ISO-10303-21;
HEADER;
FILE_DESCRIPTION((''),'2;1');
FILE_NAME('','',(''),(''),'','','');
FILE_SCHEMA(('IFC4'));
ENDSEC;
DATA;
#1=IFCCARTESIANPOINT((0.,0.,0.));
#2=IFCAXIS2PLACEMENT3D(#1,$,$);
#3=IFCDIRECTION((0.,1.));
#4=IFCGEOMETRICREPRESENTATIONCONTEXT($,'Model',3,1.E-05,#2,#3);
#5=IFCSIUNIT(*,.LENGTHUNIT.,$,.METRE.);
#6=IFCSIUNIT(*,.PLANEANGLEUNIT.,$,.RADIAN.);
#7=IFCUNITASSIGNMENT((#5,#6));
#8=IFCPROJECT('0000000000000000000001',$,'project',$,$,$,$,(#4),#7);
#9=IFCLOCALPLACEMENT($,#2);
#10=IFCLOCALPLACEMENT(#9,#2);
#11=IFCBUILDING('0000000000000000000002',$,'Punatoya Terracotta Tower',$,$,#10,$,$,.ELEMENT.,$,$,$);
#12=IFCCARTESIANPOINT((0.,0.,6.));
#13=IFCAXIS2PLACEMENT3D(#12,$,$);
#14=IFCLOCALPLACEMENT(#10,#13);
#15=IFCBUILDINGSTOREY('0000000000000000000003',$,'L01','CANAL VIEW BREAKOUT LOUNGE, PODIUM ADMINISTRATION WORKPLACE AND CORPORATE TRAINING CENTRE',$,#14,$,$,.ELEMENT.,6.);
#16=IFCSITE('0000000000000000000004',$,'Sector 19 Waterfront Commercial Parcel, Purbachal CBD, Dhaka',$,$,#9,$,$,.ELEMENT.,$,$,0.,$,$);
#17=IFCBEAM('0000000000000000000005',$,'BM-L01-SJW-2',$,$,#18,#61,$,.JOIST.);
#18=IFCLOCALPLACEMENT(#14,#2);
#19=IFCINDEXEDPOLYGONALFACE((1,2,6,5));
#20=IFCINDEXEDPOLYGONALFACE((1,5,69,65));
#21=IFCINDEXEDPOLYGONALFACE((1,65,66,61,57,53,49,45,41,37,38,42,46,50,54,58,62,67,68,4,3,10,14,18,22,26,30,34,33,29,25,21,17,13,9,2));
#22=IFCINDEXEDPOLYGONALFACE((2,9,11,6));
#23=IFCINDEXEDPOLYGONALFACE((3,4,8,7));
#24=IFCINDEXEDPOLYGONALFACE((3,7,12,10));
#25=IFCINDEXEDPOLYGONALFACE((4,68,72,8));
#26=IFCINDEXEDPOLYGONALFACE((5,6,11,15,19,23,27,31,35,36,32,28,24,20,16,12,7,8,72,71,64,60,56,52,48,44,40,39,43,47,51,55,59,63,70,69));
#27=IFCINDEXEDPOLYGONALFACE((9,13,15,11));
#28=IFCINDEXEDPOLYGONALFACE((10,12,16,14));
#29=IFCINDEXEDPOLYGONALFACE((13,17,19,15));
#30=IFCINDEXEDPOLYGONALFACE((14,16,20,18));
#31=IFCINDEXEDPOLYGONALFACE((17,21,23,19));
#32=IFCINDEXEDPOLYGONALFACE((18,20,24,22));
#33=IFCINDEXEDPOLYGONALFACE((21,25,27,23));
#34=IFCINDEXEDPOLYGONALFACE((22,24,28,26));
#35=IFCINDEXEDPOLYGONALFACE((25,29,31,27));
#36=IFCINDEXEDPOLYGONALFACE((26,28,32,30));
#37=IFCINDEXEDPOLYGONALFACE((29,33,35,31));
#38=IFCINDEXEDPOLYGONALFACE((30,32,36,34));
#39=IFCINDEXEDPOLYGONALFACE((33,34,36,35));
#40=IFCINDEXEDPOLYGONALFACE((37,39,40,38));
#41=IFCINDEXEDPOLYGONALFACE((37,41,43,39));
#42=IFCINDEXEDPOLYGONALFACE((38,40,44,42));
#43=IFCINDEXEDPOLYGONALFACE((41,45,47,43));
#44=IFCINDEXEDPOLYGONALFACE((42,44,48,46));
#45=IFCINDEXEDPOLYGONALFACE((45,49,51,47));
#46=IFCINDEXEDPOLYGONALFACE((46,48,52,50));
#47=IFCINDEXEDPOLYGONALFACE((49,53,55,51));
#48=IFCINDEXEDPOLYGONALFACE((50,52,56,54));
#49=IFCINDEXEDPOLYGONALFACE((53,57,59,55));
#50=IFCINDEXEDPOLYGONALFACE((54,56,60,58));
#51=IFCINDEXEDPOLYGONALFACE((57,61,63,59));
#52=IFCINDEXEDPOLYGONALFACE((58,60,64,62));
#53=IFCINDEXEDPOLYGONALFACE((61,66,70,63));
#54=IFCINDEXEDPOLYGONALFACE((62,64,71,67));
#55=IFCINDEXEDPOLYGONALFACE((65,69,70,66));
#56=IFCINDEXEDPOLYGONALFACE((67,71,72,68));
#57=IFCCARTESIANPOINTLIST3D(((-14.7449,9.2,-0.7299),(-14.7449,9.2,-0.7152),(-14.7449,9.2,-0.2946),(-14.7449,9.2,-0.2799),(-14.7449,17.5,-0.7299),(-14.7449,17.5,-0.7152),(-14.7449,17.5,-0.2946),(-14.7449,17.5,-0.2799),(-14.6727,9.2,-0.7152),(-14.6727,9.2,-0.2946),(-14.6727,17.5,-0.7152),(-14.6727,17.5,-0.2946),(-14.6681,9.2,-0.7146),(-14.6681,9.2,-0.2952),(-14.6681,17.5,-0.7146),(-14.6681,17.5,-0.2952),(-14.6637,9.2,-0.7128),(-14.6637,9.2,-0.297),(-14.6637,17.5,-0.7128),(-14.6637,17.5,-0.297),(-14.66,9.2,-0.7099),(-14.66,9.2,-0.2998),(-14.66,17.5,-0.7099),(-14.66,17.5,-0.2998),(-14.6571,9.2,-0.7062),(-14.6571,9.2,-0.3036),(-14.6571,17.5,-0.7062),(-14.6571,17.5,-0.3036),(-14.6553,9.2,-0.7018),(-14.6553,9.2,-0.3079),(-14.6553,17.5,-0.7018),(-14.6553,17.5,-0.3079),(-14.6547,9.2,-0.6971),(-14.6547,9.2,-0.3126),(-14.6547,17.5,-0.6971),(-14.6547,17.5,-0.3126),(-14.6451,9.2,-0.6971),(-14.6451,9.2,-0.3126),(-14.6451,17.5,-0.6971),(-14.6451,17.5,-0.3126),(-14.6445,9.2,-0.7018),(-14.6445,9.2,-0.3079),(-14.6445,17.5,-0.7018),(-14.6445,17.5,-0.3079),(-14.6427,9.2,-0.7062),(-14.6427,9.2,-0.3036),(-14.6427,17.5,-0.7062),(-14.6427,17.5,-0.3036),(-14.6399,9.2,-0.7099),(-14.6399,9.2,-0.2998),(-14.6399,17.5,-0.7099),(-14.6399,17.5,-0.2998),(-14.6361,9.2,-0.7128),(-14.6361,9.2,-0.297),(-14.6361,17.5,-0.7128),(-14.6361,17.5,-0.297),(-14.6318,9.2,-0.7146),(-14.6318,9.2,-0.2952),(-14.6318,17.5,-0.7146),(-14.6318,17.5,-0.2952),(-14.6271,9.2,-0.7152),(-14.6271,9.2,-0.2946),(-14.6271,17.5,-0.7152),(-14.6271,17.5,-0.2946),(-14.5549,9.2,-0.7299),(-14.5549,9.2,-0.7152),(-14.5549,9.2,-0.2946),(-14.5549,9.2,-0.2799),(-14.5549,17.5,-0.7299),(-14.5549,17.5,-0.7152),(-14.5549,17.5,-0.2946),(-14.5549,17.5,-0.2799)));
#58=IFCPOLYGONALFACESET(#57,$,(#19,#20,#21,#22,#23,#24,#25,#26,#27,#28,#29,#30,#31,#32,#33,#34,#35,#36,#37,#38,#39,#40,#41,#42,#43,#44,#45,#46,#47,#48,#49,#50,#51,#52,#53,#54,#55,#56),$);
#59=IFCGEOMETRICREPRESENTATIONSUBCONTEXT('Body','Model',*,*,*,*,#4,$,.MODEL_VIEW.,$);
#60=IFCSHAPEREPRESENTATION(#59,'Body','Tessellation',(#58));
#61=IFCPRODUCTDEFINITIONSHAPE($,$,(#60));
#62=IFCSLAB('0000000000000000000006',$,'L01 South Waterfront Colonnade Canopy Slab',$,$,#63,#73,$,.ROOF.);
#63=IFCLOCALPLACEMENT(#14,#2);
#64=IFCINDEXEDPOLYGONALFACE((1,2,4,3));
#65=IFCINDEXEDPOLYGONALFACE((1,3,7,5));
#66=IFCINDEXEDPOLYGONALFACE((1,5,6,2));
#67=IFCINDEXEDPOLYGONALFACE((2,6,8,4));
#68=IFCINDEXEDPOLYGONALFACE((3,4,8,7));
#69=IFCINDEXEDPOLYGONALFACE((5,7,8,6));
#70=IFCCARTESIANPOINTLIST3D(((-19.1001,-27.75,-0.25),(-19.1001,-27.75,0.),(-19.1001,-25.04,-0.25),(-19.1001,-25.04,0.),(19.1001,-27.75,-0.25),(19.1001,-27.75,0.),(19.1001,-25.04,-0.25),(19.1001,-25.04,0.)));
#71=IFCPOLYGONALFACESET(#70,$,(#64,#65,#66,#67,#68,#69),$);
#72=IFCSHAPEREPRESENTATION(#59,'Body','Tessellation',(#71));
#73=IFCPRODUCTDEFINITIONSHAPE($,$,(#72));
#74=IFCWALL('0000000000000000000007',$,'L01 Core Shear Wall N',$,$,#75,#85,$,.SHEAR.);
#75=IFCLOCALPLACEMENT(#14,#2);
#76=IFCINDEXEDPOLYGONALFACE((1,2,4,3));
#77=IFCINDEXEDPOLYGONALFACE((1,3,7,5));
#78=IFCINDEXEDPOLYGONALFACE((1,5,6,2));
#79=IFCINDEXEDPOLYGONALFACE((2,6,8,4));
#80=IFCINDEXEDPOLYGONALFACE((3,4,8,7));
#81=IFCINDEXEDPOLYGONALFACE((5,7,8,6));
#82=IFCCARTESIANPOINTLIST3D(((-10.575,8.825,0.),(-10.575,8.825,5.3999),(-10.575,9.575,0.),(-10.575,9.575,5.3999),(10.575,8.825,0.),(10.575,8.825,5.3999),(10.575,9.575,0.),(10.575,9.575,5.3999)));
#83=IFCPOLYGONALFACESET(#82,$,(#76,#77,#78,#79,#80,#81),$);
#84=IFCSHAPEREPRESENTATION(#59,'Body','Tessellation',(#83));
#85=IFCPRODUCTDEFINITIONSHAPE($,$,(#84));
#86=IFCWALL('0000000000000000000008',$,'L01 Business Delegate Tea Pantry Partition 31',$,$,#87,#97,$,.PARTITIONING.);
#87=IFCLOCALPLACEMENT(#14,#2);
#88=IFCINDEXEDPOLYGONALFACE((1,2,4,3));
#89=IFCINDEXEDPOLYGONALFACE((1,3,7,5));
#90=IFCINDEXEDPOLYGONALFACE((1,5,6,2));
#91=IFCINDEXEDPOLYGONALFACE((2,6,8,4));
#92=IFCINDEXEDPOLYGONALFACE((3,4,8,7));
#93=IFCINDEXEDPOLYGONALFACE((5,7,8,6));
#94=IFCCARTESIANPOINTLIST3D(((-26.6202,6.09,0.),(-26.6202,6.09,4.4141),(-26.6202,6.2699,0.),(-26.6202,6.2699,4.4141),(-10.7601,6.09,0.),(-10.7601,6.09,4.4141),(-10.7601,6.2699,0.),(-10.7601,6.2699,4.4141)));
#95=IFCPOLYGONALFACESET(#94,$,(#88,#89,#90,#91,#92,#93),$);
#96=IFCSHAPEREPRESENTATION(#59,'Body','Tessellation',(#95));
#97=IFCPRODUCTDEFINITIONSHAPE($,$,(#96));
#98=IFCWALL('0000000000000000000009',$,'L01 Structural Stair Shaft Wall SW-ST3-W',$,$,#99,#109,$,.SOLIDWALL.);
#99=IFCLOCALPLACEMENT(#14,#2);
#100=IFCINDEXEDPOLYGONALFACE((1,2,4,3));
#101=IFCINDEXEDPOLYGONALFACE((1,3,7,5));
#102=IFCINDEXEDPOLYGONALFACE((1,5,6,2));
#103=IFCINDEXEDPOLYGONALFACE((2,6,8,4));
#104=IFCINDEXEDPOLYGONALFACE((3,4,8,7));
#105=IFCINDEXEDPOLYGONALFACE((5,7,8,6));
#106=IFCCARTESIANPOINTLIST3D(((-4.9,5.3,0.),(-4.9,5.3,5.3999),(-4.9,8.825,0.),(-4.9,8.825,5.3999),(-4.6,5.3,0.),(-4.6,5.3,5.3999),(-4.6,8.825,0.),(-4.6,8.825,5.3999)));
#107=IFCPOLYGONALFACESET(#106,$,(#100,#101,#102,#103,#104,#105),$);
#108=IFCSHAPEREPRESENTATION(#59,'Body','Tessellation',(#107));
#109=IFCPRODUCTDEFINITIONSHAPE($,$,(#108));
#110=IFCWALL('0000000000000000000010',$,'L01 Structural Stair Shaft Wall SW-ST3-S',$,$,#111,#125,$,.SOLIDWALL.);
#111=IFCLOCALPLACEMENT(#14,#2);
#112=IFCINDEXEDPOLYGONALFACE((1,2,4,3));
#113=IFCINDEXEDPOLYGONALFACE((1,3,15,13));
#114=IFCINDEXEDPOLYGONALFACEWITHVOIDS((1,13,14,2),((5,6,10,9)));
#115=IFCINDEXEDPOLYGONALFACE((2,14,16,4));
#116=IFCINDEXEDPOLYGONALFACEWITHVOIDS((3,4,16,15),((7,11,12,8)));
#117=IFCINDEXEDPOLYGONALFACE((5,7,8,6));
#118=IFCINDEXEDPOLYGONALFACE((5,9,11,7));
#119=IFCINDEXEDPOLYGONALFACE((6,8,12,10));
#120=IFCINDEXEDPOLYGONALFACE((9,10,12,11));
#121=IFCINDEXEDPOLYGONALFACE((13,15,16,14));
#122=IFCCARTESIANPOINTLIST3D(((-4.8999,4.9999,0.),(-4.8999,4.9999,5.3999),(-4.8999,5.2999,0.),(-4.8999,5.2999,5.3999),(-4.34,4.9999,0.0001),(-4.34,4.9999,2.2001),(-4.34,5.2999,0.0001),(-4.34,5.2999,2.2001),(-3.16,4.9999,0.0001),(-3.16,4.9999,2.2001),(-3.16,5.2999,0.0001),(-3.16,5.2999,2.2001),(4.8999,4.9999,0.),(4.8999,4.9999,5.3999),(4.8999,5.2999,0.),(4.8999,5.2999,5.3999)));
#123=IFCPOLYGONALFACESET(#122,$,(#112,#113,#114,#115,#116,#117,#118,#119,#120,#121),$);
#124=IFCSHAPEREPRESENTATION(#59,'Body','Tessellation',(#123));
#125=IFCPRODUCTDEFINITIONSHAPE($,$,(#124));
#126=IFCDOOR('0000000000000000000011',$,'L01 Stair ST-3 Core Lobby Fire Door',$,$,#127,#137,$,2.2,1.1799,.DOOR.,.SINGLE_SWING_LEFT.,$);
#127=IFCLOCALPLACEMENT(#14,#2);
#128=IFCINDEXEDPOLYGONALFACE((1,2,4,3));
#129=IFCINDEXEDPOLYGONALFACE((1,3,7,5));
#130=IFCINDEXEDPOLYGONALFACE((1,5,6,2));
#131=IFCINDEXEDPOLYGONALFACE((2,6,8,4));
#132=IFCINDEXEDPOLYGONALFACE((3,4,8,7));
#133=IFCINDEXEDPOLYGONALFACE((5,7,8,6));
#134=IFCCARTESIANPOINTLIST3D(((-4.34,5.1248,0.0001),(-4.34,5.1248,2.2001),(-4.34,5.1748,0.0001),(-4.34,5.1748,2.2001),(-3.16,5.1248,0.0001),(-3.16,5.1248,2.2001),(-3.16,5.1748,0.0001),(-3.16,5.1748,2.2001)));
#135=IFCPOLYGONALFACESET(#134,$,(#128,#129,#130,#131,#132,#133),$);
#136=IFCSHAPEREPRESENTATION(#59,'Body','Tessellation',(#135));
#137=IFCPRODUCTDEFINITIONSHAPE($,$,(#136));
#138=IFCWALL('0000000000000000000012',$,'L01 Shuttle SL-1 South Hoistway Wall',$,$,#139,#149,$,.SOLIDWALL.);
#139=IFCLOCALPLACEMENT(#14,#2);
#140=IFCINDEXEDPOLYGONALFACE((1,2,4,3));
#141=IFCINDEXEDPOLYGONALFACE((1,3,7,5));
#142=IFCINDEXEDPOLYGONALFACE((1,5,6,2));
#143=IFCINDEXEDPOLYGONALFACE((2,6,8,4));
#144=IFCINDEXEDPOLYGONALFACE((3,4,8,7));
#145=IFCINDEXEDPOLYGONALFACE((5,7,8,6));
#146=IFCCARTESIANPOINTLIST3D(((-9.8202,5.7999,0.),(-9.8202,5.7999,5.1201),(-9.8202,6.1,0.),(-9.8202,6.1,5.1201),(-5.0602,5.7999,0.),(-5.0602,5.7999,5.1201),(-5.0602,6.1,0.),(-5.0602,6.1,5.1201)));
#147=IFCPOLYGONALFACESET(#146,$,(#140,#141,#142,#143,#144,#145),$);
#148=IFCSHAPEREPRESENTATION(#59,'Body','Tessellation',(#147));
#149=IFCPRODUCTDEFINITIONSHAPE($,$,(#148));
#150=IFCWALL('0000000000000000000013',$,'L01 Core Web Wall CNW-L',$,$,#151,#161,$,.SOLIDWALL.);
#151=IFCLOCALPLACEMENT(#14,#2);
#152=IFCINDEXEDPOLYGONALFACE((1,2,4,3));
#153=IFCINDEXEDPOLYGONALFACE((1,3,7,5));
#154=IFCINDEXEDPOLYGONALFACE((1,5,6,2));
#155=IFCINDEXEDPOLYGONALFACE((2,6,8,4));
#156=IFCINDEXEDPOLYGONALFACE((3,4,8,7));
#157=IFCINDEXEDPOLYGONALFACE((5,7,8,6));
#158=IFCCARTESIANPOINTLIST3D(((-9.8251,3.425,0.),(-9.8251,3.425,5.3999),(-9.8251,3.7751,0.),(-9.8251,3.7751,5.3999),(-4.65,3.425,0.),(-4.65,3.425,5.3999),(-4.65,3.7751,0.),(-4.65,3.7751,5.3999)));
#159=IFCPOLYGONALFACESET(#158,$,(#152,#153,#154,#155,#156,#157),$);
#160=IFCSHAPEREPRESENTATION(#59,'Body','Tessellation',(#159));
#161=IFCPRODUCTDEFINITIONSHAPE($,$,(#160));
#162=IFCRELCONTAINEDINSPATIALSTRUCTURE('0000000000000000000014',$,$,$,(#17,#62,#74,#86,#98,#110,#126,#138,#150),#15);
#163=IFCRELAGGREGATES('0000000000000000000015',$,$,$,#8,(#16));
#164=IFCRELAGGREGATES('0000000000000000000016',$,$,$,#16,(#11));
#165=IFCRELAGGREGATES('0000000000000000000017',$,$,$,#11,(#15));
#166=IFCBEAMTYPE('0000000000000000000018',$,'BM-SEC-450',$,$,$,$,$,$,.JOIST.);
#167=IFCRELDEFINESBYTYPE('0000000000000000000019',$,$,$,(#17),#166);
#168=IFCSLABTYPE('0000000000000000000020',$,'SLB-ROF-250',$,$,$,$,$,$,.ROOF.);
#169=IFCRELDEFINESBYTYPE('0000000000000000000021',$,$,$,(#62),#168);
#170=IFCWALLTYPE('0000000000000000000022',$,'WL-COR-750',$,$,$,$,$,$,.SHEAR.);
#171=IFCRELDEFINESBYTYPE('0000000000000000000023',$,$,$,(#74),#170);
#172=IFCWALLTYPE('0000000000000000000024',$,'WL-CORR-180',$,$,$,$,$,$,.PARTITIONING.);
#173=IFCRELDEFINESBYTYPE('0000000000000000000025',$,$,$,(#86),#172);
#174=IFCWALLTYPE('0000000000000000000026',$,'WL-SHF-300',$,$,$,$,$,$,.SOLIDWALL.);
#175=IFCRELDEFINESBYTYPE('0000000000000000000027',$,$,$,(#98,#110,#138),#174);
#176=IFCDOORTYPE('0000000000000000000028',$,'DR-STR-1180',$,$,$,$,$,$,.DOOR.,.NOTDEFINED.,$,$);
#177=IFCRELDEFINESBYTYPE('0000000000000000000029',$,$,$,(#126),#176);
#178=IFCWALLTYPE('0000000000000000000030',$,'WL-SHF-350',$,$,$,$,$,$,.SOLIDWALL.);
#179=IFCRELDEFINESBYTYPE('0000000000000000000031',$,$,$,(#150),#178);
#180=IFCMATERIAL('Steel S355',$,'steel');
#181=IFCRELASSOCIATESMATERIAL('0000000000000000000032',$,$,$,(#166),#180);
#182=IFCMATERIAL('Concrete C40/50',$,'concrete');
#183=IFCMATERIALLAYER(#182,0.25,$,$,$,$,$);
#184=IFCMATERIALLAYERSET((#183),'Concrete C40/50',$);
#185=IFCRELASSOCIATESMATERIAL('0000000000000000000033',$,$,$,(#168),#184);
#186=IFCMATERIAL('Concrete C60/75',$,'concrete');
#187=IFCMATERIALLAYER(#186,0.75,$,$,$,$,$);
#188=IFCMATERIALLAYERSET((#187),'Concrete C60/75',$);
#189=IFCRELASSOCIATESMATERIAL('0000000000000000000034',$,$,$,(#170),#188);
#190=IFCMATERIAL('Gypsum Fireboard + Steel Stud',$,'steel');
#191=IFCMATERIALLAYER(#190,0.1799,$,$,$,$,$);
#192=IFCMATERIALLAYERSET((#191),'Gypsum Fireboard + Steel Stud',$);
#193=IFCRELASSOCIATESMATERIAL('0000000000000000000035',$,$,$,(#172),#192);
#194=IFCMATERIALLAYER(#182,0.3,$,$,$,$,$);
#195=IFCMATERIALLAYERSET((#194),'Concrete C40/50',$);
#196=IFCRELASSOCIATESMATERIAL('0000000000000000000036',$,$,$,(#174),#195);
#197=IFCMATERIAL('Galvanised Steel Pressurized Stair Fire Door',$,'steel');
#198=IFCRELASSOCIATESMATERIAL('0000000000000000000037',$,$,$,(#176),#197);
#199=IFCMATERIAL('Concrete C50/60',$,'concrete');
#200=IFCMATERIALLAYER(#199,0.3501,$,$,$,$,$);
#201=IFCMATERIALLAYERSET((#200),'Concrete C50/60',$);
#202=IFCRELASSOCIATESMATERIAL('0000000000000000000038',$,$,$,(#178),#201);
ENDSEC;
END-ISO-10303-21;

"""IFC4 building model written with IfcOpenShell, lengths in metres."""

from ifc_helpers import new_model, si_unit, direction, frame, frame_2d, origin, origin_2d, place, context, subcontext, project, spatial, polyline, rectangle, i_section, outline, extrude, material, layer, layer_set, material_profile, profile_set, type_object, element, fill, save


model = new_model("IFC4")

# Units and contexts
model_context = context("Model", 3, precision=1e-05, world=origin(), true_north=direction((0.0, 1.0)))
body_context = subcontext(model_context, "Body", "Model", "MODEL_VIEW")
ifc_project = project(units=[si_unit("LENGTHUNIT", "METRE"), si_unit("PLANEANGLEUNIT", "RADIAN")], contexts=[model_context])

# Site, building, storey
site_placement = place(None, origin())
site = spatial("IfcSite", under=ifc_project, at=site_placement, Name="Sector 19 Waterfront Commercial Parcel, Purbachal CBD, Dhaka", CompositionType="ELEMENT", RefElevation=0.0)
building_placement = place(site_placement, origin())
building = spatial("IfcBuilding", under=site, at=building_placement, Name="Punatoya Terracotta Tower", CompositionType="ELEMENT")
storey_placement = place(building_placement, frame((0.0, 0.0, 6.0)))
storey = spatial("IfcBuildingStorey", under=building, at=storey_placement, Name="L01", Description="CANAL VIEW BREAKOUT LOUNGE, PODIUM ADMINISTRATION WORKPLACE AND CORPORATE TRAINING CENTRE", CompositionType="ELEMENT", Elevation=6.0)

# Beam
ifc_material_1 = material(Name="Steel S355", Category="steel")
ifc_material_2 = material(Name="Concrete C60/75", Category="concrete")
ifc_material_profile_1 = material_profile(ifc_material_1, i_section(OverallWidth=0.1899, OverallDepth=0.45, WebThickness=0.0095, FlangeThickness=0.0146, FilletRadius=0.0181, at=origin_2d()))
ifc_profile_set_1 = profile_set([ifc_material_profile_1], Name="Steel S355")
beam_type_1 = type_object("IfcBeamType", Name="BM-SEC-450", PredefinedType="JOIST", material=ifc_profile_set_1)
beam_1_placement = place(storey_placement, frame((-14.6499, 9.2, -0.5049), z_axis=(0.0, 1.0, 0.0), x_axis=(-1.0, 0.0, 0.0)))
element("IfcBeam", 1, at=beam_1_placement, inside=storey, type_object=beam_type_1, Name="BM-L01-SJW-2", PredefinedType="JOIST", context=body_context, shape_type="SweptSolid", body=[
    extrude(i_section(OverallWidth=0.1899, OverallDepth=0.45, WebThickness=0.0095, FlangeThickness=0.0146, FilletRadius=0.0181, at=origin_2d()), origin(), (0.0, 0.0, 1.0), 8.3),
])

# Slab
ifc_material_3 = material(Name="Concrete C40/50", Category="concrete")
ifc_layer_1 = layer(ifc_material_3, 0.25)
ifc_layer_set_1 = layer_set([ifc_layer_1], Name="Concrete C40/50")
slab_type = type_object("IfcSlabType", Name="SLB-ROF-250", PredefinedType="ROOF", material=ifc_layer_set_1)
slab_placement = place(storey_placement, frame((0.0, 0.0, -0.25)))
element("IfcSlab", 2, at=slab_placement, inside=storey, type_object=slab_type, Name="L01 South Waterfront Colonnade Canopy Slab", PredefinedType="ROOF", context=body_context, shape_type="SweptSolid", body=[
    extrude(outline(polyline([(-19.1001, -27.75), (19.1001, -27.75), (19.1001, -25.04), (-19.1001, -25.04), (-19.1001, -27.75)])), origin(), (0.0, 0.0, 1.0), 0.25),
])

# Walls
ifc_layer_2 = layer(ifc_material_2, 0.75)
ifc_layer_set_2 = layer_set([ifc_layer_2], Name="Concrete C60/75")
wall_type_1 = type_object("IfcWallType", Name="WL-COR-750", PredefinedType="SHEAR", material=ifc_layer_set_2)
wall_1_placement = place(storey_placement, frame((-10.575, 9.2, 0.0), z_axis=(0.0, 0.0, 1.0), x_axis=(1.0, 0.0, 0.0)))
element("IfcWall", 3, at=wall_1_placement, inside=storey, type_object=wall_type_1, Name="L01 Core Shear Wall N", PredefinedType="SHEAR", context=body_context, shape_type="SweptSolid", body=[
    extrude(rectangle(XDim=21.1499, YDim=0.75, at=frame_2d((10.575, 0.0))), origin(), (0.0, 0.0, 1.0), 5.3999),
])
ifc_material_4 = material(Name="Gypsum Fireboard + Steel Stud", Category="steel")
ifc_layer_3 = layer(ifc_material_4, 0.1799)
ifc_layer_set_3 = layer_set([ifc_layer_3], Name="Gypsum Fireboard + Steel Stud")
wall_type_2 = type_object("IfcWallType", Name="WL-CORR-180", PredefinedType="PARTITIONING", material=ifc_layer_set_3)
wall_2_placement = place(storey_placement, frame((-10.76, 6.1799, 0.0), z_axis=(0.0, 0.0, 1.0), x_axis=(-1.0, 0.0, 0.0)))
element("IfcWall", 4, at=wall_2_placement, inside=storey, type_object=wall_type_2, Name="L01 Business Delegate Tea Pantry Partition 31", PredefinedType="PARTITIONING", context=body_context, shape_type="SweptSolid", body=[
    extrude(rectangle(XDim=15.8601, YDim=0.1799, at=frame_2d((7.9302, 0.0))), origin(), (0.0, 0.0, 1.0), 4.4141),
])
ifc_layer_4 = layer(ifc_material_3, 0.3)
ifc_layer_set_4 = layer_set([ifc_layer_4], Name="Concrete C40/50")
wall_type_3 = type_object("IfcWallType", Name="WL-SHF-300", PredefinedType="SOLIDWALL", material=ifc_layer_set_4)
wall_3_placement = place(storey_placement, frame((-4.75, 5.3, 0.0), z_axis=(0.0, 0.0, 1.0), x_axis=(0.0, 1.0, 0.0)))
element("IfcWall", 5, at=wall_3_placement, inside=storey, type_object=wall_type_3, Name="L01 Structural Stair Shaft Wall SW-ST3-W", PredefinedType="SOLIDWALL", context=body_context, shape_type="SweptSolid", body=[
    extrude(rectangle(XDim=3.5249, YDim=0.3, at=frame_2d((1.7625, 0.0))), origin(), (0.0, 0.0, 1.0), 5.3999),
])

# Wall, opening, door
wall_4_placement = place(storey_placement, frame((-4.8999, 5.1499, 0.0), z_axis=(0.0, 0.0, 1.0), x_axis=(1.0, 0.0, 0.0)))
wall_4 = element("IfcWall", 6, at=wall_4_placement, inside=storey, type_object=wall_type_3, Name="L01 Structural Stair Shaft Wall SW-ST3-S", PredefinedType="SOLIDWALL", context=body_context, shape_type="SweptSolid", body=[
    extrude(rectangle(XDim=9.7998, YDim=0.3, at=frame_2d((4.8999, 0.0))), origin(), (0.0, 0.0, 1.0), 5.3999),
])
opening_placement = place(wall_4_placement, frame((0.5601, 0.0, 0.0)))
opening = element("IfcOpeningElement", 7, at=opening_placement, cuts=wall_4, PredefinedType="OPENING", context=body_context, shape_type="SweptSolid", body=[
    extrude(rectangle(XDim=1.1799, YDim=2.2, at=frame_2d((0.5898, 1.1001))), frame((0.0, 0.1599, 0.0), z_axis=(0.0, -1.0, 0.0), x_axis=(1.0, 0.0, 0.0)), (0.0, 0.0, 1.0), 0.3201),
])
ifc_material_5 = material(Name="Galvanised Steel Pressurized Stair Fire Door", Category="steel")
door_type = type_object("IfcDoorType", Name="DR-STR-1180", OperationType="NOTDEFINED", PredefinedType="DOOR", material=ifc_material_5)
door_placement = place(opening_placement, origin())
door = element("IfcDoor", 8, at=door_placement, inside=storey, type_object=door_type, Name="L01 Stair ST-3 Core Lobby Fire Door", OperationType="SINGLE_SWING_LEFT", OverallHeight=2.2, OverallWidth=1.1799, PredefinedType="DOOR", context=body_context, shape_type="SweptSolid", body=[
    extrude(rectangle(XDim=1.1799, YDim=2.2, at=frame_2d((0.5898, 1.1001))), frame((0.0, 0.0249, 0.0), z_axis=(0.0, -1.0, 0.0), x_axis=(1.0, 0.0, 0.0)), (0.0, 0.0, 1.0), 0.05),
])
fill(opening, door)

# Walls
wall_5_placement = place(storey_placement, frame((-9.8201, 5.95, 0.0), z_axis=(0.0, 0.0, 1.0), x_axis=(1.0, 0.0, 0.0)))
element("IfcWall", 9, at=wall_5_placement, inside=storey, type_object=wall_type_3, Name="L01 Shuttle SL-1 South Hoistway Wall", PredefinedType="SOLIDWALL", context=body_context, shape_type="SweptSolid", body=[
    extrude(rectangle(XDim=4.76, YDim=0.3, at=frame_2d((2.3799, 0.0))), origin(), (0.0, 0.0, 1.0), 5.1201),
])
ifc_material_6 = material(Name="Concrete C50/60", Category="concrete")
ifc_layer_5 = layer(ifc_material_6, 0.3501)
ifc_layer_set_5 = layer_set([ifc_layer_5], Name="Concrete C50/60")
wall_type_4 = type_object("IfcWallType", Name="WL-SHF-350", PredefinedType="SOLIDWALL", material=ifc_layer_set_5)
wall_6_placement = place(storey_placement, frame((-9.825, 3.6001, 0.0), z_axis=(0.0, 0.0, 1.0), x_axis=(1.0, 0.0, 0.0)))
element("IfcWall", 10, at=wall_6_placement, inside=storey, type_object=wall_type_4, Name="L01 Core Web Wall CNW-L", PredefinedType="SOLIDWALL", context=body_context, shape_type="SweptSolid", body=[
    extrude(rectangle(XDim=5.175, YDim=0.3501, at=frame_2d((2.5874, 0.0))), origin(), (0.0, 0.0, 1.0), 5.3999),
])

save(model, "model.ifc")
